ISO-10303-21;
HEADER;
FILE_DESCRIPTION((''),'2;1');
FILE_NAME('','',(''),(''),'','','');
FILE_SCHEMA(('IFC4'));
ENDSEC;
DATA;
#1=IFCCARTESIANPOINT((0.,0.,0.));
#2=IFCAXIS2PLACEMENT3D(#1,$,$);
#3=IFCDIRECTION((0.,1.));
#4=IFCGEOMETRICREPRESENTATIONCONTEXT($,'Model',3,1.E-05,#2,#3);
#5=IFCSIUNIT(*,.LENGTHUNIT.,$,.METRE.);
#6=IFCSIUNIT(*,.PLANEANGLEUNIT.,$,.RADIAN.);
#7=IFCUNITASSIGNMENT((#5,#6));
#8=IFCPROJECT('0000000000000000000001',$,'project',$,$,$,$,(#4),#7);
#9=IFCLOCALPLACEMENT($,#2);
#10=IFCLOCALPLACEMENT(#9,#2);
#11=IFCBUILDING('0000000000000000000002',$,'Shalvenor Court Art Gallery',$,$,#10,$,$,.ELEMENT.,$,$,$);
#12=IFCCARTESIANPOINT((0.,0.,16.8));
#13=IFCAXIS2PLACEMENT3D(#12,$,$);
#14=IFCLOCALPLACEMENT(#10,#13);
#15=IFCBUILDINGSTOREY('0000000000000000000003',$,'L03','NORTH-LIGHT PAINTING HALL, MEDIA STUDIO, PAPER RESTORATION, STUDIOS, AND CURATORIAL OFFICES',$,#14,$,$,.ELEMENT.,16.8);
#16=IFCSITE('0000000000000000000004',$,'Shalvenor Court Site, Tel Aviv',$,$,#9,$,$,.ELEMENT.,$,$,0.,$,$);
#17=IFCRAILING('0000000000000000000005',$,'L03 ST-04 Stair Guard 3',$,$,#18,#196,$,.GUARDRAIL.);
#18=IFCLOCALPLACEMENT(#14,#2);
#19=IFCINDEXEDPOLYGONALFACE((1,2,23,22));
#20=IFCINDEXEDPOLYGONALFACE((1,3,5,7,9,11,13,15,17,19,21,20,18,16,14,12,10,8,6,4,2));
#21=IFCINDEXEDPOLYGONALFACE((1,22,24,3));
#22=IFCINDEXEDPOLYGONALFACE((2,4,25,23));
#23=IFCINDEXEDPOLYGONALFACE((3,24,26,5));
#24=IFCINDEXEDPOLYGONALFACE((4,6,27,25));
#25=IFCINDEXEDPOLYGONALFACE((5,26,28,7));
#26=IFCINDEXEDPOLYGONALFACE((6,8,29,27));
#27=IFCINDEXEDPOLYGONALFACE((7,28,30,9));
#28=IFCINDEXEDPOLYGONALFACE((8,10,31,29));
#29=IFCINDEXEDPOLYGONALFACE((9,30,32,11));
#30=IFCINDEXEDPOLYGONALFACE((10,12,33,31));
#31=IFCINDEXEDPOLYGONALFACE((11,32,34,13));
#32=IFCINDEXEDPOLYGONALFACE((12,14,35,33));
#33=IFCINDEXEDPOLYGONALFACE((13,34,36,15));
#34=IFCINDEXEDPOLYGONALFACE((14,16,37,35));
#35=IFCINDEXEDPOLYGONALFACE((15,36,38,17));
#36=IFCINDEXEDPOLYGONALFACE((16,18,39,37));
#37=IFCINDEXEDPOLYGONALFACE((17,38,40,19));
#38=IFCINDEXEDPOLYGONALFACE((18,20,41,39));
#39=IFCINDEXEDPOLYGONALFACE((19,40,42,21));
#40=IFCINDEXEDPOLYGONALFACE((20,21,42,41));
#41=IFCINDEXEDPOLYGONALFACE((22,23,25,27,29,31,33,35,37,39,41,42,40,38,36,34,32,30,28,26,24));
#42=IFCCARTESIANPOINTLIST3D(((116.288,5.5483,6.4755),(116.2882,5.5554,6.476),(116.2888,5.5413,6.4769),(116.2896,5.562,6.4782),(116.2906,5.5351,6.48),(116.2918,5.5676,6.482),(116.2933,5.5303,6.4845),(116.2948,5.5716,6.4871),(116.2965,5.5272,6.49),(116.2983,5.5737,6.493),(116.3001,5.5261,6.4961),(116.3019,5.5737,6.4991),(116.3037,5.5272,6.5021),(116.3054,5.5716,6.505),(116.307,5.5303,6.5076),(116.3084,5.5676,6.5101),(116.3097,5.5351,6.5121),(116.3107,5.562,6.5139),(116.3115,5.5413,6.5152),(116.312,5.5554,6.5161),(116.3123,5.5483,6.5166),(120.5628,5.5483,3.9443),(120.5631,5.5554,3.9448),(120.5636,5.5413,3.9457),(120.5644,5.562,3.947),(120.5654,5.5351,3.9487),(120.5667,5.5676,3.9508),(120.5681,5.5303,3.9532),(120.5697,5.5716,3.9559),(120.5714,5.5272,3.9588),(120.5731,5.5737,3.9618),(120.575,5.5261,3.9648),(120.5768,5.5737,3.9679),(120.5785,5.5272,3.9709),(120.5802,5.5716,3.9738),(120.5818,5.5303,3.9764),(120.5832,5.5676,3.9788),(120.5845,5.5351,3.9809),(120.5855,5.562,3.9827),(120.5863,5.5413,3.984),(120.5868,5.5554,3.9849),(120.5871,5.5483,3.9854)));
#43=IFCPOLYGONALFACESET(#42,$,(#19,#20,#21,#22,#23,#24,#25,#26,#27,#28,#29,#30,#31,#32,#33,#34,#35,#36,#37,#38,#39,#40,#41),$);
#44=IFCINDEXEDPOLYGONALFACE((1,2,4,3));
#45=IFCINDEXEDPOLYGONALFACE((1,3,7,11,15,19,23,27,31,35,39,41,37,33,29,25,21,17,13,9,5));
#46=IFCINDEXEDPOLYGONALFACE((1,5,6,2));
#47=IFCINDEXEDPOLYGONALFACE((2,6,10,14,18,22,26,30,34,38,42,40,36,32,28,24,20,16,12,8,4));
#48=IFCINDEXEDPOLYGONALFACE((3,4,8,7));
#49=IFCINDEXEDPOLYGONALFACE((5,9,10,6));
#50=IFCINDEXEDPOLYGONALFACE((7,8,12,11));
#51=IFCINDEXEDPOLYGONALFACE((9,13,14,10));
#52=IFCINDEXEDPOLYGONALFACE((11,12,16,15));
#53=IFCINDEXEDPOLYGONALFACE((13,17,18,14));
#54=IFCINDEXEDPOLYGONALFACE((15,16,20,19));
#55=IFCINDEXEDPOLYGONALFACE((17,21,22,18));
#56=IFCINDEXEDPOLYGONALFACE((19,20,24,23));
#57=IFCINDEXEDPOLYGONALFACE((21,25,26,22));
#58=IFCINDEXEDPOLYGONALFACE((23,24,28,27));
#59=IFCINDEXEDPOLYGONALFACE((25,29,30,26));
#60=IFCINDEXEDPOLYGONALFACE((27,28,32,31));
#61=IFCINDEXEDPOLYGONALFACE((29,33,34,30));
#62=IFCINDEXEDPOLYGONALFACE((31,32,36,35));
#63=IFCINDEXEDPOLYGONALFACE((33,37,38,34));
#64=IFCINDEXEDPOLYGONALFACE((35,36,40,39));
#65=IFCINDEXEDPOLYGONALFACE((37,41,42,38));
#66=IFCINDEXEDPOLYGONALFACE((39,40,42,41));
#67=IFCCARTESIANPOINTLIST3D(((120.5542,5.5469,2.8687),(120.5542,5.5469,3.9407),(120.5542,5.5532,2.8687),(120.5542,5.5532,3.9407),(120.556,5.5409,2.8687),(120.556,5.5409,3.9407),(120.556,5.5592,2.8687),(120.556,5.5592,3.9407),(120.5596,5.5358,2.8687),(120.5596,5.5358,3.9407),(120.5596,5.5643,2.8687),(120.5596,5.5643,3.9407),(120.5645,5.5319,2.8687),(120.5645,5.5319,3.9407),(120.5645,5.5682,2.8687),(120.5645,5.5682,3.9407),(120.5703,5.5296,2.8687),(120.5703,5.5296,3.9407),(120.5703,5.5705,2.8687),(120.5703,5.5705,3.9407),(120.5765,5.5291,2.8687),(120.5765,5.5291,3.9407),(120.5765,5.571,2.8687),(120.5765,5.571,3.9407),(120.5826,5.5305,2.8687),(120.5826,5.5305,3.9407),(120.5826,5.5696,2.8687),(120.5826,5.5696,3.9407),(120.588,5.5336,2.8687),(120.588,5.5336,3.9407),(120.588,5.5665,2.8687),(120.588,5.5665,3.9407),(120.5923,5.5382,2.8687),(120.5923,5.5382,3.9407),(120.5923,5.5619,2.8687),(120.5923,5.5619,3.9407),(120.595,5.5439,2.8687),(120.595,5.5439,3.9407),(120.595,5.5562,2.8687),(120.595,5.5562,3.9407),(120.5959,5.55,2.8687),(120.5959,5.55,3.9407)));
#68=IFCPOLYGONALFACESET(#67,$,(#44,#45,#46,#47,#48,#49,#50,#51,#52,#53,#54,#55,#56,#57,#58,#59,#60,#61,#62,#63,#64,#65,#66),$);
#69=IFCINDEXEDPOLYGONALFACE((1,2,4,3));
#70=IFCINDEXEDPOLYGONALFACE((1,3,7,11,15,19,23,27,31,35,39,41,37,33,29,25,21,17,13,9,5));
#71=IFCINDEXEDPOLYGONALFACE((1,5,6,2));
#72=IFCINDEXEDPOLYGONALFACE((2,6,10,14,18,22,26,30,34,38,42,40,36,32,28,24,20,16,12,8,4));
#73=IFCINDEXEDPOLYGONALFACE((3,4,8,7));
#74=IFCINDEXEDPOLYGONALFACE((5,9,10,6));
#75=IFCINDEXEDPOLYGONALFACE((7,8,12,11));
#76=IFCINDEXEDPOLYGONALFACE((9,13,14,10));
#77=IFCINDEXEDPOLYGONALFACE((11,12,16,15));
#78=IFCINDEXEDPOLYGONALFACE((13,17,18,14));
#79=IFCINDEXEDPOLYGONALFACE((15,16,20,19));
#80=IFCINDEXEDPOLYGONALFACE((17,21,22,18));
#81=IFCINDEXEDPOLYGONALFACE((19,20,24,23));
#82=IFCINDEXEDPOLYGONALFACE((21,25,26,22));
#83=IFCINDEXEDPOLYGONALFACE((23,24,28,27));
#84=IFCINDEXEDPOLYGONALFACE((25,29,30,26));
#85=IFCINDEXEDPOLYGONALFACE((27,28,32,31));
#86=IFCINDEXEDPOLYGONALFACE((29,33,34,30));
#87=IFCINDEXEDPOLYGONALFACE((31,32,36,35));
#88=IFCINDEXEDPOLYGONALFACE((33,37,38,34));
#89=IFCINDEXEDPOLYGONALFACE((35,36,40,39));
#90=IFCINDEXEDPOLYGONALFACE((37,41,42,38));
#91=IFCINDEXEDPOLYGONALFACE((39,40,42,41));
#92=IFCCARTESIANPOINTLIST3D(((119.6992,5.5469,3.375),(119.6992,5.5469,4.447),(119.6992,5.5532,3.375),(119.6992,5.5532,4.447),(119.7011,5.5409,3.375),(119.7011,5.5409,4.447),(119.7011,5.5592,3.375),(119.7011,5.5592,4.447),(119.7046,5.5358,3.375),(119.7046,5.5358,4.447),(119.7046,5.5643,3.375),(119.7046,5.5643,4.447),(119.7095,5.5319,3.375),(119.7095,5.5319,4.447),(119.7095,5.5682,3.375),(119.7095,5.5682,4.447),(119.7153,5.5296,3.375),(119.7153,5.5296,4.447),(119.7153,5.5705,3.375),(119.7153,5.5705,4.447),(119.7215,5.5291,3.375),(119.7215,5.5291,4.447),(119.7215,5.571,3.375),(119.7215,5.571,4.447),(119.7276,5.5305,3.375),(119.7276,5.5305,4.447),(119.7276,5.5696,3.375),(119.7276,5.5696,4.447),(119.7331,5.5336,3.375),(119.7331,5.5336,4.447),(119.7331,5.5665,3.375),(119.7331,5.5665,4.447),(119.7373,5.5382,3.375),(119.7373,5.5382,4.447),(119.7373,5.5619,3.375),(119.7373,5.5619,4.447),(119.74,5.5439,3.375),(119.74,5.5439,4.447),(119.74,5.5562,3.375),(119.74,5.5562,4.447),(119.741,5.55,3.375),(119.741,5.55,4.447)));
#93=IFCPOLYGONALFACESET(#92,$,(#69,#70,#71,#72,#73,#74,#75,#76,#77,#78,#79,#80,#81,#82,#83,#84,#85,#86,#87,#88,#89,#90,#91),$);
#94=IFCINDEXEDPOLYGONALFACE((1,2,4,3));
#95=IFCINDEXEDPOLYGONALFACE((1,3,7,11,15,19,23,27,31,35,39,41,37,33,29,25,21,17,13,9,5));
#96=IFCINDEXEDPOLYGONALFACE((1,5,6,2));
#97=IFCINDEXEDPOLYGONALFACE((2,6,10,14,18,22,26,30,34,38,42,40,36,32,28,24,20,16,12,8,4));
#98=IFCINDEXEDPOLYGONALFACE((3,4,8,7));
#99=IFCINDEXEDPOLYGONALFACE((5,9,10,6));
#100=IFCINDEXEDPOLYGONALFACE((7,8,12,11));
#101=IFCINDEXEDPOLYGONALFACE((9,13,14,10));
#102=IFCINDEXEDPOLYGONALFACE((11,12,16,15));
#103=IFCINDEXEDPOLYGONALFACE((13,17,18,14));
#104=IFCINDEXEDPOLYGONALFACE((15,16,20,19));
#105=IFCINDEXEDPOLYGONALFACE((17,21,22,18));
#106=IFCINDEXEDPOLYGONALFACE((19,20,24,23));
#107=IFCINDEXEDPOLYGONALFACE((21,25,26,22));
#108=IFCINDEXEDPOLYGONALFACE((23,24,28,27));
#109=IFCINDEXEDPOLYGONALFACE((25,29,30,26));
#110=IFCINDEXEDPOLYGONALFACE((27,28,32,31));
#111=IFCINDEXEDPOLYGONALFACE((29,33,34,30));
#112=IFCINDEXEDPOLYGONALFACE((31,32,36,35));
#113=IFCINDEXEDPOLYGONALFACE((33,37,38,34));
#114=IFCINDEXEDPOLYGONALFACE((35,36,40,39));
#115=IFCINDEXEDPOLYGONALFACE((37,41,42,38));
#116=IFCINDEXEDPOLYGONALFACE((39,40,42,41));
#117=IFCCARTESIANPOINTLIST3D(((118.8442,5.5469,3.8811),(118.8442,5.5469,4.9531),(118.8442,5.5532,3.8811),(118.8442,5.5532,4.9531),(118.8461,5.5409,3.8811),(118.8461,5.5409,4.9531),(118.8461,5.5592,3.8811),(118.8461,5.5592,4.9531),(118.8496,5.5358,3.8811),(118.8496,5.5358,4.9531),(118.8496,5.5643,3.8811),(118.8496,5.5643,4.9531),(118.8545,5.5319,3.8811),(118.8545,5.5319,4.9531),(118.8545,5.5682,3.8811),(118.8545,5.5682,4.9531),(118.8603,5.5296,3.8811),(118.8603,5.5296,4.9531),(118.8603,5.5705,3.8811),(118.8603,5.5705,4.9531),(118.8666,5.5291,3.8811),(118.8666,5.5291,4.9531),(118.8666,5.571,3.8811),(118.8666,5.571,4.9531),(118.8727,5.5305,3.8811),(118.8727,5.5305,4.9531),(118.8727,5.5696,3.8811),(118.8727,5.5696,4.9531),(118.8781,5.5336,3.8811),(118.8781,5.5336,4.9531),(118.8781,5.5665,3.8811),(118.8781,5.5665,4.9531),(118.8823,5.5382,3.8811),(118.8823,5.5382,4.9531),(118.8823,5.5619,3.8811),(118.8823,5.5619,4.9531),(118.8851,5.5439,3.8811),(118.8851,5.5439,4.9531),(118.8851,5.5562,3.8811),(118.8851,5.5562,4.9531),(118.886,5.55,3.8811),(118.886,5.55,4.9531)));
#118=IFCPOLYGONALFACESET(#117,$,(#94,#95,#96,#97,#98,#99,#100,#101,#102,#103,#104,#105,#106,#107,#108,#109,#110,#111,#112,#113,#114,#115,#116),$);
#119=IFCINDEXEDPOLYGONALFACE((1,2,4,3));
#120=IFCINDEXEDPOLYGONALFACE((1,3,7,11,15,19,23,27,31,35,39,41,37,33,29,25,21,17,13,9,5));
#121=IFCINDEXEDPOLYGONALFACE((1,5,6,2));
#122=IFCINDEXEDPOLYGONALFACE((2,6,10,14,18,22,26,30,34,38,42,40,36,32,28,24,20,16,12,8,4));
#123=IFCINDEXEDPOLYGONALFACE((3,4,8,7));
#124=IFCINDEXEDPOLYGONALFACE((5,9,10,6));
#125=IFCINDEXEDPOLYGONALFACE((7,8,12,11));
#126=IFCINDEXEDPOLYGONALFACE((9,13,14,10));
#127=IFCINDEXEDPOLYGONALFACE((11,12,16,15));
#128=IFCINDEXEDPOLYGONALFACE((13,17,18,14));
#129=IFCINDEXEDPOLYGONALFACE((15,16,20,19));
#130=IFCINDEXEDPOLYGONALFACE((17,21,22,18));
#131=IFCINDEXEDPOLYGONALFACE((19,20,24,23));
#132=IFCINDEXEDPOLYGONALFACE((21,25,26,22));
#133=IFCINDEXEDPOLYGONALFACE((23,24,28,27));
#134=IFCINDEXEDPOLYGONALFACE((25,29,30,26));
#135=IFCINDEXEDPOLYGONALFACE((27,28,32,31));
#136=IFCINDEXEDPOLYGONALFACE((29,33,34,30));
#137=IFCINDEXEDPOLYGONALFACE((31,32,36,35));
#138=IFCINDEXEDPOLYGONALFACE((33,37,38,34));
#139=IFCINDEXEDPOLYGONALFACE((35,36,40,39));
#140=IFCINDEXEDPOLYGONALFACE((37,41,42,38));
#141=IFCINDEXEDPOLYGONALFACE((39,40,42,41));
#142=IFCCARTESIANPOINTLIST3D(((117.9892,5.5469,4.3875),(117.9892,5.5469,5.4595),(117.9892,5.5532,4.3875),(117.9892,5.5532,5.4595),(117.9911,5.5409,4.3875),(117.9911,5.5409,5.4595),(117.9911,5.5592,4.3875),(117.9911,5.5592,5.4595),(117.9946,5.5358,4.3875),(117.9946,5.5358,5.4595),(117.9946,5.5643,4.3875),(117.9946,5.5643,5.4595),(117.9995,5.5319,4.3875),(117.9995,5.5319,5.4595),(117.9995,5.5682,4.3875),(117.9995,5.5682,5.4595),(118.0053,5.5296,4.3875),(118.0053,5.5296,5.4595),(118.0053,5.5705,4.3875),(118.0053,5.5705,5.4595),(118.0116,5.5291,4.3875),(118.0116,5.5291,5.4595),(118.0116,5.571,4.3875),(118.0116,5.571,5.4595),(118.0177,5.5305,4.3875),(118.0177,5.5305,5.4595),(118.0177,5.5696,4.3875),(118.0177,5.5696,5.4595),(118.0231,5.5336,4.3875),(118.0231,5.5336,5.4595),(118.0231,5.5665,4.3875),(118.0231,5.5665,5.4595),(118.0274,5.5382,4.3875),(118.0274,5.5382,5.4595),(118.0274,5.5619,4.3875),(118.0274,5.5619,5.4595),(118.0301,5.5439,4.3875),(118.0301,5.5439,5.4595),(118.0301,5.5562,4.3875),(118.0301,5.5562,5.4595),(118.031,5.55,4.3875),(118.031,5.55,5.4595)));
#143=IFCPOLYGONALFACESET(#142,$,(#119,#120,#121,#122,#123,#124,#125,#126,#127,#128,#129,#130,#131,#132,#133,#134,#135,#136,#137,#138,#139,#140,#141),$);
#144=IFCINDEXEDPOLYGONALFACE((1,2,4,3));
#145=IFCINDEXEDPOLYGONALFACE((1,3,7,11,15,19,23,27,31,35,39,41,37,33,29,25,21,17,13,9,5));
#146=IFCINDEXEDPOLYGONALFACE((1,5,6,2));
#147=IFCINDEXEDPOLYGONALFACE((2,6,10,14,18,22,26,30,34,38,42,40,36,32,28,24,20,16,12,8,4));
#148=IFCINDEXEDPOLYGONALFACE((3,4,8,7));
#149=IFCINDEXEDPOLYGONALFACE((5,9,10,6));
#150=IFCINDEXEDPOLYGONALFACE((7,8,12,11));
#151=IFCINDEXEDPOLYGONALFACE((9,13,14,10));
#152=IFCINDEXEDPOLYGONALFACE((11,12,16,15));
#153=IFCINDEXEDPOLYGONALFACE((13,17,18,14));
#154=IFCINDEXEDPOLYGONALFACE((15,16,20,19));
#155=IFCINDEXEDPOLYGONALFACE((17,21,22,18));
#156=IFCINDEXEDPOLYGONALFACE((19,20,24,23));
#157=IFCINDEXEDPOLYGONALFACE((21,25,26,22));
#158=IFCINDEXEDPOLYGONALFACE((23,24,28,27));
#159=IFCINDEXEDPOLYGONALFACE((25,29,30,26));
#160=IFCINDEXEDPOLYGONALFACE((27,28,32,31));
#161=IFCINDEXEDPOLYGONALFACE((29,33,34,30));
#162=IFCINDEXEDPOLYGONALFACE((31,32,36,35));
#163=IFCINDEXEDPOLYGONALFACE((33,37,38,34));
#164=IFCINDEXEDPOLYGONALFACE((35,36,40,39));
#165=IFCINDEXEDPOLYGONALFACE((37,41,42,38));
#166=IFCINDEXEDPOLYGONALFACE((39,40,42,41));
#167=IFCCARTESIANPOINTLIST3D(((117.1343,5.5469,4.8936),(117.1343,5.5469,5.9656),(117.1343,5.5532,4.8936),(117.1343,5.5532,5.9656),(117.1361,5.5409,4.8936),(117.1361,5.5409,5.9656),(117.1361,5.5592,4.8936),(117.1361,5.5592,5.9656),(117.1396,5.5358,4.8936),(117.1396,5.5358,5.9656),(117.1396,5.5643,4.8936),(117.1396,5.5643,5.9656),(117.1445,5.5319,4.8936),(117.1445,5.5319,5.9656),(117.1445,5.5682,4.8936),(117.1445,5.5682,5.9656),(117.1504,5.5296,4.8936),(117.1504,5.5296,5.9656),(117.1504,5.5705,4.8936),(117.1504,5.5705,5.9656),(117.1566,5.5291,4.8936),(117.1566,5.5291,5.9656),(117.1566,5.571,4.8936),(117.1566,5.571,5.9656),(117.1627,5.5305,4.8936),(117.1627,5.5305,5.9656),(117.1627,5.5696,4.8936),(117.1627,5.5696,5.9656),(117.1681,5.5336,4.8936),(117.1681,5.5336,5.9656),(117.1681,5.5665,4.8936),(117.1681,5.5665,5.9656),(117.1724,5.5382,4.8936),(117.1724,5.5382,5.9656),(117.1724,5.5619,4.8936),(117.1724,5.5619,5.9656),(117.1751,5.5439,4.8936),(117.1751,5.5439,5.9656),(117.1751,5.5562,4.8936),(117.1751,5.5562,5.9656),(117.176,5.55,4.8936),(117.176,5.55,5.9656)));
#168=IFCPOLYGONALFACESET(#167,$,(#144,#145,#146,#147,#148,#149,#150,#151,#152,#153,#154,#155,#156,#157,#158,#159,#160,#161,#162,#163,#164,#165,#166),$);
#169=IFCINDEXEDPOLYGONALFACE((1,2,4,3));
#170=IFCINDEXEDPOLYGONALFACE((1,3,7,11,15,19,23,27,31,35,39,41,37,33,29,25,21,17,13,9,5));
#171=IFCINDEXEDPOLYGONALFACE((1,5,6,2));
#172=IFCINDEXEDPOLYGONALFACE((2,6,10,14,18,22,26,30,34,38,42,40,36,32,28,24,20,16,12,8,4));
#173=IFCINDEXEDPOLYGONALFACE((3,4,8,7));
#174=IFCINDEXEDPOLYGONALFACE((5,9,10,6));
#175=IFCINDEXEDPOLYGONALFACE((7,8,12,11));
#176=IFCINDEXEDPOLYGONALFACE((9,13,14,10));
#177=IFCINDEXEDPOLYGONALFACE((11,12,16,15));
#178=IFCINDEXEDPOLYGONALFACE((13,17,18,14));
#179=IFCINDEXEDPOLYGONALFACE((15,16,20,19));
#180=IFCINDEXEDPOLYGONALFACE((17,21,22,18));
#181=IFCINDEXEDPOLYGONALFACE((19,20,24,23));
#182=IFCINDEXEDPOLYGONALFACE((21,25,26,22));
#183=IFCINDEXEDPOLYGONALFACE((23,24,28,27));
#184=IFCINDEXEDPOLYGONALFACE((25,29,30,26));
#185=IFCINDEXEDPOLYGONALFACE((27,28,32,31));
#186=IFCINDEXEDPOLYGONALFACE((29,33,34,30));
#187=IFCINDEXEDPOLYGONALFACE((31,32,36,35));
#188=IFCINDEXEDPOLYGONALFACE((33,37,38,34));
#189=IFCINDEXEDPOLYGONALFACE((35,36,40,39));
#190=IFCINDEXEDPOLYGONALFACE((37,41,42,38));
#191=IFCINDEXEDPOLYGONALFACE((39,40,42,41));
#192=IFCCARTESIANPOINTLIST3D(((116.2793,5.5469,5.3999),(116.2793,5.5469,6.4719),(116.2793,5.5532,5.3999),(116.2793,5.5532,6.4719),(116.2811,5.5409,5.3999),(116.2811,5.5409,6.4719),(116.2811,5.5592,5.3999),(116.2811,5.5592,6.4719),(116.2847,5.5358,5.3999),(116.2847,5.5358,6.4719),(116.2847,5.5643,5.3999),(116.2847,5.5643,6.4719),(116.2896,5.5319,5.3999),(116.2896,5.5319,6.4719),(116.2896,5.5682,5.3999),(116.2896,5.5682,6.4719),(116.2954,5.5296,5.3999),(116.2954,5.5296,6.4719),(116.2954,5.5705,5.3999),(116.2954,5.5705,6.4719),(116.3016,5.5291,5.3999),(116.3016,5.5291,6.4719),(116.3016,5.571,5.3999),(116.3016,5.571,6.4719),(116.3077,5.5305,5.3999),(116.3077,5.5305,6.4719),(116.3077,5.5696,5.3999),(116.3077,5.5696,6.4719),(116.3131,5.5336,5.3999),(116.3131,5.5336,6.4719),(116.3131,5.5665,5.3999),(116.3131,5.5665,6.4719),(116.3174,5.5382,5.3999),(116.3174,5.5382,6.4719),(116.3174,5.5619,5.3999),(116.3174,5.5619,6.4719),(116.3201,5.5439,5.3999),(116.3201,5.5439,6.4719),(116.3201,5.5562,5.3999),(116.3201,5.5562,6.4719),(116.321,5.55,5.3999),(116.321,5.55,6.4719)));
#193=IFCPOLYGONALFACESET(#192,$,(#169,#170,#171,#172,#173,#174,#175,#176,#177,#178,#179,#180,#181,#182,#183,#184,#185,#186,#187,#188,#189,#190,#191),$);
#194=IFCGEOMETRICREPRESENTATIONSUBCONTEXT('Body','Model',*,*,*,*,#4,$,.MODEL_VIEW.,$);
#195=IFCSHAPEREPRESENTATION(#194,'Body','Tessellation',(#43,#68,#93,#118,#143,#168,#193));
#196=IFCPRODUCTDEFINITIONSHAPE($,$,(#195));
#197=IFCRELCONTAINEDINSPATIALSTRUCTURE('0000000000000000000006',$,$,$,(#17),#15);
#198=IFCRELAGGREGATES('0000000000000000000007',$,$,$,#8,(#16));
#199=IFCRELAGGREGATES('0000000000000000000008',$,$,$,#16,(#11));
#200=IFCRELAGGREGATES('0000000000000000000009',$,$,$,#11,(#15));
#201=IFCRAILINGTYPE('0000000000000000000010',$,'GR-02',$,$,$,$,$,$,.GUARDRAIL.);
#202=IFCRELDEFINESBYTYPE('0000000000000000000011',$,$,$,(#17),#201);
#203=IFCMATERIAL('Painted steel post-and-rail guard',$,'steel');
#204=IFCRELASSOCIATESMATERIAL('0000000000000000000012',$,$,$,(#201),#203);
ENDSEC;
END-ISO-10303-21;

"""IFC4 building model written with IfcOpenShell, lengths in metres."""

from ifc_helpers import new_model, si_unit, direction, frame, origin, origin_2d, place, context, subcontext, project, spatial, circle, extrude, material, type_object, element, save


model = new_model("IFC4")

# Units and contexts
model_context = context("Model", 3, precision=1e-05, world=origin(), true_north=direction((0.0, 1.0)))
body_context = subcontext(model_context, "Body", "Model", "MODEL_VIEW")
ifc_project = project(units=[si_unit("LENGTHUNIT", "METRE"), si_unit("PLANEANGLEUNIT", "RADIAN")], contexts=[model_context])

# Site, building, storey
site_placement = place(None, origin())
site = spatial("IfcSite", under=ifc_project, at=site_placement, Name="Shalvenor Court Site, Tel Aviv", CompositionType="ELEMENT", RefElevation=0.0)
building_placement = place(site_placement, origin())
building = spatial("IfcBuilding", under=site, at=building_placement, Name="Shalvenor Court Art Gallery", CompositionType="ELEMENT")
storey_placement = place(building_placement, frame((0.0, 0.0, 16.8)))
storey = spatial("IfcBuildingStorey", under=building, at=storey_placement, Name="L03", Description="NORTH-LIGHT PAINTING HALL, MEDIA STUDIO, PAPER RESTORATION, STUDIOS, AND CURATORIAL OFFICES", CompositionType="ELEMENT", Elevation=16.8)

# Railing
ifc_material_1 = material(Name="Painted steel post-and-rail guard", Category="steel")
railing_type_1 = type_object("IfcRailingType", Name="GR-02", PredefinedType="GUARDRAIL", material=ifc_material_1)
railing_1_placement = place(storey_placement, frame((120.575, 5.55, 2.8687)))
element("IfcRailing", 1, at=railing_1_placement, inside=storey, type_object=railing_type_1, Name="L03 ST-04 Stair Guard 3", PredefinedType="GUARDRAIL", context=body_context, shape_type="SweptSolid", body=[
    extrude(circle(Radius=0.0239, at=origin_2d()), frame((0.0, 0.0, 1.0962), z_axis=(-0.86047, 0.0, 0.509501), x_axis=(0.0, -1.0, 0.0)), (0.0, 0.0, 1.0), 4.968),
    extrude(circle(Radius=0.021, at=origin_2d()), origin(), (0.0, 0.0, 1.0), 1.072),
    extrude(circle(Radius=0.021, at=origin_2d()), frame((-0.855, 0.0, 0.5063)), (0.0, 0.0, 1.0), 1.072),
    extrude(circle(Radius=0.021, at=origin_2d()), frame((-1.71, 0.0, 1.0125)), (0.0, 0.0, 1.0), 1.072),
    extrude(circle(Radius=0.021, at=origin_2d()), frame((-2.5649, 0.0, 1.5188)), (0.0, 0.0, 1.0), 1.072),
    extrude(circle(Radius=0.021, at=origin_2d()), frame((-3.4199, 0.0, 2.0249)), (0.0, 0.0, 1.0), 1.072),
    extrude(circle(Radius=0.021, at=origin_2d()), frame((-4.2749, 0.0, 2.5312)), (0.0, 0.0, 1.0), 1.072),
])

save(model, "model.ifc")
